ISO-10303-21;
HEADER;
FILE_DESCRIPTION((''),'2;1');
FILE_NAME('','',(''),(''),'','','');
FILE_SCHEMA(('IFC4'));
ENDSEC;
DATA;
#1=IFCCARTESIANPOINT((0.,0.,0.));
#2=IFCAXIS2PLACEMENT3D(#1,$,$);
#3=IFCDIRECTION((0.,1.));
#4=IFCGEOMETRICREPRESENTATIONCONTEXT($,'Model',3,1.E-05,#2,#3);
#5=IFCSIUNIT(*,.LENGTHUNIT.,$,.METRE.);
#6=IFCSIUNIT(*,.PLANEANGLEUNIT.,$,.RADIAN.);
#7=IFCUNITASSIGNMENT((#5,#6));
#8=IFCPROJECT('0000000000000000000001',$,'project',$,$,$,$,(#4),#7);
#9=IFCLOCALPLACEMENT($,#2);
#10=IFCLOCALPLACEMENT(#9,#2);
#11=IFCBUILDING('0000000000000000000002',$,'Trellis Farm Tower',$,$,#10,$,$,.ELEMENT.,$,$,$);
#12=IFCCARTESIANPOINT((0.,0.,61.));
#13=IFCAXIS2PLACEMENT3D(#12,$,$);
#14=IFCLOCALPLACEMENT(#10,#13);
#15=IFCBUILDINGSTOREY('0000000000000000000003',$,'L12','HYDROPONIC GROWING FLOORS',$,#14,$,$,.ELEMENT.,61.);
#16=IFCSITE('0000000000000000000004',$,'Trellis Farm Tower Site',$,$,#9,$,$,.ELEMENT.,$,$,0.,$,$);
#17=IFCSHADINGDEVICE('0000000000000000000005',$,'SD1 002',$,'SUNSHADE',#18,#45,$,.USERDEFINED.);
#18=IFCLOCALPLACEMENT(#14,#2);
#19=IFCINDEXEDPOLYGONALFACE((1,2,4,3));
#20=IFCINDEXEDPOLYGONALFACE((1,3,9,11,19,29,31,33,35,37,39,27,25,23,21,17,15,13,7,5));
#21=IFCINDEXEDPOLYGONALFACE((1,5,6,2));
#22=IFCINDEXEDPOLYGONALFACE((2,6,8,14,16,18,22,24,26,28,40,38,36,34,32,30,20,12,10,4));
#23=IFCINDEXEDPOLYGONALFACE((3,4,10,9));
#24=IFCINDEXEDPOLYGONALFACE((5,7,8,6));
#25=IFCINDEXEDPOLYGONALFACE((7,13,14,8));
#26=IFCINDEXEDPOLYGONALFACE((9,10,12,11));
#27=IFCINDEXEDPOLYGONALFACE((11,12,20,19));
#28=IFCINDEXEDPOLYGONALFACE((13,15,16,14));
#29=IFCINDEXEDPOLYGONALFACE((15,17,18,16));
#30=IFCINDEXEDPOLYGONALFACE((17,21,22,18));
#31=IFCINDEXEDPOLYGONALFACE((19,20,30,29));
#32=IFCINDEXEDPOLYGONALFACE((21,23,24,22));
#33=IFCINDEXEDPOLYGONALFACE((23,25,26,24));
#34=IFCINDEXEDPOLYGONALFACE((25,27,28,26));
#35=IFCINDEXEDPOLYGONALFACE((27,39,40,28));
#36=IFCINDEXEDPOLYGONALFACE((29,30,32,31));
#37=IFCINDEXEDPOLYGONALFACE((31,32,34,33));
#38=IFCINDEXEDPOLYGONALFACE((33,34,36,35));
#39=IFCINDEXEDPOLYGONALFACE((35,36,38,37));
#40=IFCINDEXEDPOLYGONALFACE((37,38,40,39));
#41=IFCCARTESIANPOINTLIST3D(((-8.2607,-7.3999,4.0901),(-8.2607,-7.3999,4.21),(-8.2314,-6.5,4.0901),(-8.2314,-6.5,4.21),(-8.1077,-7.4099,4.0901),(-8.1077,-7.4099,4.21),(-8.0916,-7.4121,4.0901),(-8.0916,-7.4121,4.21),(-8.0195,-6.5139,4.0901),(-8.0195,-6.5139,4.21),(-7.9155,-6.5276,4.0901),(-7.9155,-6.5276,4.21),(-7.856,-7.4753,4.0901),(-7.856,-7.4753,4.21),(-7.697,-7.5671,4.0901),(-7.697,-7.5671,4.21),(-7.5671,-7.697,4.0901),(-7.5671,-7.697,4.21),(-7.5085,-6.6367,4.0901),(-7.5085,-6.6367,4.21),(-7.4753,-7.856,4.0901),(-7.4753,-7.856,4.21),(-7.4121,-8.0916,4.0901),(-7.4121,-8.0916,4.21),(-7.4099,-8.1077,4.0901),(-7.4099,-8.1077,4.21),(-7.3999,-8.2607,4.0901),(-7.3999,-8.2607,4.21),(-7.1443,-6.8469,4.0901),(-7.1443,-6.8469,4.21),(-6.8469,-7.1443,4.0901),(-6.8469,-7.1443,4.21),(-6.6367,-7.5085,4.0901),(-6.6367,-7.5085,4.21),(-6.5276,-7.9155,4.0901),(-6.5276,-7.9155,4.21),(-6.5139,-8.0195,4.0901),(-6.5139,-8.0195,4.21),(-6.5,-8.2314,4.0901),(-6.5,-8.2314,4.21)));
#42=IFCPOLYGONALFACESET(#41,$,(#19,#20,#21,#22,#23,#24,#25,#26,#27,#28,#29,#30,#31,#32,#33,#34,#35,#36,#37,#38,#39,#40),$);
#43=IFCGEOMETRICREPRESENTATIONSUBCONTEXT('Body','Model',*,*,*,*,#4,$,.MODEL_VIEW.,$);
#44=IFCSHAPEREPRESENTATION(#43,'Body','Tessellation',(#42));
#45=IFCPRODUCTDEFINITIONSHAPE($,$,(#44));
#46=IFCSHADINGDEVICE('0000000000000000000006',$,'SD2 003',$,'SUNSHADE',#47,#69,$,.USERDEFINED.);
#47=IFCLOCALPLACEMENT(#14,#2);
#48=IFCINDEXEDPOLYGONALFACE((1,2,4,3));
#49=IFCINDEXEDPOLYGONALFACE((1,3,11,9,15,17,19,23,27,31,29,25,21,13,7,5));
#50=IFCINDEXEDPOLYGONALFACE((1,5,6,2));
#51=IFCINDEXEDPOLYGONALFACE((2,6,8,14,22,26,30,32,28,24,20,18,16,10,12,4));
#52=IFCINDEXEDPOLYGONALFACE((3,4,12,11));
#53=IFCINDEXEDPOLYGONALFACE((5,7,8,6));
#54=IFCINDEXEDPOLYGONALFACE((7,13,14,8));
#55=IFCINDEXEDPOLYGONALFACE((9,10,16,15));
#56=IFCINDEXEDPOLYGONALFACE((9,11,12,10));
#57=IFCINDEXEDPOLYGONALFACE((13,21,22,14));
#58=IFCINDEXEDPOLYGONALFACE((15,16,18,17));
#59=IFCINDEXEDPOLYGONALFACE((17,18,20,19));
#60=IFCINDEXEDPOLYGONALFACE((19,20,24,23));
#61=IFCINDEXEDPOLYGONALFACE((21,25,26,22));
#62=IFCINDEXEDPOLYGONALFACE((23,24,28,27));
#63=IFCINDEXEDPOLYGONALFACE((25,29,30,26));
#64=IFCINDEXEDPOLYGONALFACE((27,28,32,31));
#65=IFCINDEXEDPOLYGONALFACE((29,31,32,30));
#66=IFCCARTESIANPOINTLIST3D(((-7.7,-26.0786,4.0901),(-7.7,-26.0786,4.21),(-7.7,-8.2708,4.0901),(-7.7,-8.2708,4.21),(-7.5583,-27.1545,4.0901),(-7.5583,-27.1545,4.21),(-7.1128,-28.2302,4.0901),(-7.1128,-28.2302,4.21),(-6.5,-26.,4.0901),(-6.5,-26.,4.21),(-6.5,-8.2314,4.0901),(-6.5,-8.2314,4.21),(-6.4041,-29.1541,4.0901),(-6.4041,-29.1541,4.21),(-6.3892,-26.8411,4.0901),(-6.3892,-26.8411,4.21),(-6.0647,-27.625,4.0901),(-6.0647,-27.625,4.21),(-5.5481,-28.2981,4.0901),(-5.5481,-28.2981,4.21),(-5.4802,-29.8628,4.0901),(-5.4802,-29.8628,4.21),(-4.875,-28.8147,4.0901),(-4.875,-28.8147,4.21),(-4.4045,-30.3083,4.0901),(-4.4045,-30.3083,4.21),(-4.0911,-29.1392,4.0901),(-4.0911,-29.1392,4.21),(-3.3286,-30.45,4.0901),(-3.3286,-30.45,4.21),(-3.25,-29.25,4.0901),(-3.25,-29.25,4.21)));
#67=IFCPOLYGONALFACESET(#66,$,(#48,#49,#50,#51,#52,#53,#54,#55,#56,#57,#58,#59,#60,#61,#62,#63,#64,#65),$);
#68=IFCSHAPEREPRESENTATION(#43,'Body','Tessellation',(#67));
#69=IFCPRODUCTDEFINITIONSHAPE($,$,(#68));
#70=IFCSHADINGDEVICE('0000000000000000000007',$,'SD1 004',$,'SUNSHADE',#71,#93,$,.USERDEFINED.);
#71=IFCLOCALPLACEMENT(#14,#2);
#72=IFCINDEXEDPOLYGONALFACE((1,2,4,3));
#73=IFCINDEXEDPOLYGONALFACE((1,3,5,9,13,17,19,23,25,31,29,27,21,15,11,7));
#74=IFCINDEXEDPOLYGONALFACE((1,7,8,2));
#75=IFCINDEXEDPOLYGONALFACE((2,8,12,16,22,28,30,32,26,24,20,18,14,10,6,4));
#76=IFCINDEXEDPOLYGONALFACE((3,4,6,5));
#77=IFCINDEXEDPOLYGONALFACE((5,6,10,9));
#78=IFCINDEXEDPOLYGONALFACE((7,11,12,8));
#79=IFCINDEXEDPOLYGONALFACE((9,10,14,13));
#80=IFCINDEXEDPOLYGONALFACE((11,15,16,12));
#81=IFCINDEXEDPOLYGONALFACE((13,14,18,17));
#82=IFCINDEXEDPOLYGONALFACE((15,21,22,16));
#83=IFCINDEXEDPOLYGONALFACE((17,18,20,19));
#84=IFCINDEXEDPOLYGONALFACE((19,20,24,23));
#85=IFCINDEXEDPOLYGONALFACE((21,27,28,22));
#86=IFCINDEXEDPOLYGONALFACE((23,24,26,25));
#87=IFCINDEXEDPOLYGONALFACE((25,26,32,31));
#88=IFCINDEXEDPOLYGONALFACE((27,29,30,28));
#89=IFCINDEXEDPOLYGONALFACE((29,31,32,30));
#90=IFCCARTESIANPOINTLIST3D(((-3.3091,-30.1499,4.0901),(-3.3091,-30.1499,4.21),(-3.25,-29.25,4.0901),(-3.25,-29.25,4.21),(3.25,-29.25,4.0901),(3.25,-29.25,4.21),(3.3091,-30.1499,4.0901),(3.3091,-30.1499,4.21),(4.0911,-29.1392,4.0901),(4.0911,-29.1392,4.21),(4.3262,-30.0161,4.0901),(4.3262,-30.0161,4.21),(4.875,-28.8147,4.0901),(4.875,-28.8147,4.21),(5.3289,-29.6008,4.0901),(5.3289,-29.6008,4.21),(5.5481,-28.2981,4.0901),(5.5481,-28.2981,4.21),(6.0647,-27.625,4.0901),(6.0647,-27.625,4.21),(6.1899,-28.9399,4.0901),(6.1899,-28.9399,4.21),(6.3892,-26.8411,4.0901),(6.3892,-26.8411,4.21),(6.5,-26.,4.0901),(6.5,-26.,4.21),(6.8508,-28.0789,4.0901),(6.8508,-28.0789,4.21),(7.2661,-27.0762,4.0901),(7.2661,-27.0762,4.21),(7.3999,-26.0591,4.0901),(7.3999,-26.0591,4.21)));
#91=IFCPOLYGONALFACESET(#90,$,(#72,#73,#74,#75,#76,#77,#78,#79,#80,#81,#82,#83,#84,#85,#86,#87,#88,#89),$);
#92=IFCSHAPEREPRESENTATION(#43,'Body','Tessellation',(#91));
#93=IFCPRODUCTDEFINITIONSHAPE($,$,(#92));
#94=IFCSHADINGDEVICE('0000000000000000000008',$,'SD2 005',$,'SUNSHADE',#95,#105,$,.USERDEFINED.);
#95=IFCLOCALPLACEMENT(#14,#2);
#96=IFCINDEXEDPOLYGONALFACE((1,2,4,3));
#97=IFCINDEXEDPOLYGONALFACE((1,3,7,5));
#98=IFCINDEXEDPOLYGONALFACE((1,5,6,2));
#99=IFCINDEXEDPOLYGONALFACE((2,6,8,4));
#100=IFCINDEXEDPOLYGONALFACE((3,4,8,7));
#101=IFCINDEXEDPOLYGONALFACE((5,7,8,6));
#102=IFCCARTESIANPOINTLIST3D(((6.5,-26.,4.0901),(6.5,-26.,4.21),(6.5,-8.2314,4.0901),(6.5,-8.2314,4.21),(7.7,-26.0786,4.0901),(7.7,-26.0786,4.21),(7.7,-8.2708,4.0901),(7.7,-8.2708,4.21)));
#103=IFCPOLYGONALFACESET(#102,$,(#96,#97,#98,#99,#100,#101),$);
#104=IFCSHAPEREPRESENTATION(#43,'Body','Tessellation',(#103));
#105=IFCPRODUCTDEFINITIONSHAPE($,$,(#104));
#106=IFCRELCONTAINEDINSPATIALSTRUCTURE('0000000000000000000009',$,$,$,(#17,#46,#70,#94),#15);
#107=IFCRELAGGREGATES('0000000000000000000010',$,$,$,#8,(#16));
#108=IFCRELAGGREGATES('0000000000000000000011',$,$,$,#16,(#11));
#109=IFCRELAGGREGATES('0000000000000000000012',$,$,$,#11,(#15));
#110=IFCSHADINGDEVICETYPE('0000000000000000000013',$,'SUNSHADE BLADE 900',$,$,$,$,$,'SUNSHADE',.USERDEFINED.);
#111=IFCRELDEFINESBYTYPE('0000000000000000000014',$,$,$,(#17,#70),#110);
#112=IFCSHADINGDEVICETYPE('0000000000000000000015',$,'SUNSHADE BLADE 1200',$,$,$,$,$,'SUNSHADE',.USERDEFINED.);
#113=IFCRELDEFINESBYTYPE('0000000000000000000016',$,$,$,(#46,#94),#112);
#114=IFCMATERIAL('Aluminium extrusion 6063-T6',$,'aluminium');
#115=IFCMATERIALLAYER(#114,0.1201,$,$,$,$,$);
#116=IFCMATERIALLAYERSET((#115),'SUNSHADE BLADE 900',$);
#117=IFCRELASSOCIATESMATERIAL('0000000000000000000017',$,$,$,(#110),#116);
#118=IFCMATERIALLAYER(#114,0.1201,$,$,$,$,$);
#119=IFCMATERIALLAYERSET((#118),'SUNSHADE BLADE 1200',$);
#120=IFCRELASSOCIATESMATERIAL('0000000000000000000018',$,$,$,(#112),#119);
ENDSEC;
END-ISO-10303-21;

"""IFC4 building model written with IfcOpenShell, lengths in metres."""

from ifc_helpers import new_model, si_unit, direction, frame, origin, place, context, subcontext, project, spatial, polyline, outline, extrude, source, transform, mapped, material, layer, layer_set, type_object, element, save


model = new_model("IFC4")

# Units and contexts
model_context = context("Model", 3, precision=1e-05, world=origin(), true_north=direction((0.0, 1.0)))
body_context = subcontext(model_context, "Body", "Model", "MODEL_VIEW")
ifc_project = project(units=[si_unit("LENGTHUNIT", "METRE"), si_unit("PLANEANGLEUNIT", "RADIAN")], contexts=[model_context])

# Site, building, storey
site_placement = place(None, origin())
site = spatial("IfcSite", under=ifc_project, at=site_placement, Name="Trellis Farm Tower Site", CompositionType="ELEMENT", RefElevation=0.0)
building_placement = place(site_placement, origin())
building = spatial("IfcBuilding", under=site, at=building_placement, Name="Trellis Farm Tower", CompositionType="ELEMENT")
storey_placement = place(building_placement, frame((0.0, 0.0, 61.0)))
storey = spatial("IfcBuildingStorey", under=building, at=storey_placement, Name="L12", Description="HYDROPONIC GROWING FLOORS", CompositionType="ELEMENT", Elevation=61.0)

# Shared definitions
ifc_material_1 = material(Name="Aluminium extrusion 6063-T6", Category="aluminium")

# Shading devices
ifc_layer_1 = layer(ifc_material_1, 0.1201)
ifc_layer_set_1 = layer_set([ifc_layer_1], Name="SUNSHADE BLADE 900")
shading_device_type_1 = type_object("IfcShadingDeviceType", Name="SUNSHADE BLADE 900", ElementType="SUNSHADE", PredefinedType="USERDEFINED", material=ifc_layer_set_1)
placement_1 = place(storey_placement, frame((0.0, 0.0, 4.0901)))
shared_shape_1 = source(origin(), body_context, "Body", "SweptSolid", [
    extrude(outline(polyline([(-8.2607, -7.3999), (-8.1077, -7.4099), (-8.0916, -7.4121), (-7.856, -7.4753), (-7.697, -7.5671), (-7.5671, -7.697), (-7.4753, -7.856), (-7.4121, -8.0916), (-7.4099, -8.1077), (-7.3999, -8.2607), (-6.5, -8.2314), (-6.5139, -8.0195), (-6.5276, -7.9155), (-6.6367, -7.5085), (-6.8469, -7.1443), (-7.1443, -6.8469), (-7.5085, -6.6367), (-7.9155, -6.5276), (-8.0195, -6.5139), (-8.2314, -6.5), (-8.2607, -7.3999)])), origin(), (0.0, 0.0, 1.0), 0.1199),
])
element("IfcShadingDevice", 1, at=placement_1, inside=storey, type_object=shading_device_type_1, Name="SD1 002", ObjectType="SUNSHADE", PredefinedType="USERDEFINED", context=body_context, shape_type="MappedRepresentation", body=[
    mapped(shared_shape_1, transform((0.0, 0.0, 0.0))),
])
ifc_layer_2 = layer(ifc_material_1, 0.1201)
ifc_layer_set_2 = layer_set([ifc_layer_2], Name="SUNSHADE BLADE 1200")
shading_device_type_2 = type_object("IfcShadingDeviceType", Name="SUNSHADE BLADE 1200", ElementType="SUNSHADE", PredefinedType="USERDEFINED", material=ifc_layer_set_2)
shared_shape_2 = source(origin(), body_context, "Body", "SweptSolid", [
    extrude(outline(polyline([(-7.7, -8.2708), (-7.7, -26.0786), (-7.5583, -27.1545), (-7.1128, -28.2302), (-6.4041, -29.1541), (-5.4802, -29.8628), (-4.4045, -30.3083), (-3.3286, -30.45), (-3.25, -29.25), (-4.0911, -29.1392), (-4.875, -28.8147), (-5.5481, -28.2981), (-6.0647, -27.625), (-6.3892, -26.8411), (-6.5, -26.0), (-6.5, -8.2314), (-7.7, -8.2708)])), origin(), (0.0, 0.0, 1.0), 0.1199),
])
element("IfcShadingDevice", 2, at=placement_1, inside=storey, type_object=shading_device_type_2, Name="SD2 003", ObjectType="SUNSHADE", PredefinedType="USERDEFINED", context=body_context, shape_type="MappedRepresentation", body=[
    mapped(shared_shape_2, transform((0.0, 0.0, 0.0))),
])
shared_shape_3 = source(origin(), body_context, "Body", "SweptSolid", [
    extrude(outline(polyline([(-3.3091, -30.1499), (3.3091, -30.1499), (4.3262, -30.0161), (5.3289, -29.6008), (6.1899, -28.9399), (6.8508, -28.0789), (7.2661, -27.0762), (7.3999, -26.0591), (6.5, -26.0), (6.3892, -26.8411), (6.0647, -27.625), (5.5481, -28.2981), (4.875, -28.8147), (4.0911, -29.1392), (3.25, -29.25), (-3.25, -29.25), (-3.3091, -30.1499)])), origin(), (0.0, 0.0, 1.0), 0.1199),
])
element("IfcShadingDevice", 3, at=placement_1, inside=storey, type_object=shading_device_type_1, Name="SD1 004", ObjectType="SUNSHADE", PredefinedType="USERDEFINED", context=body_context, shape_type="MappedRepresentation", body=[
    mapped(shared_shape_3, transform((0.0, 0.0, 0.0))),
])
shared_shape_4 = source(origin(), body_context, "Body", "SweptSolid", [
    extrude(outline(polyline([(7.7, -26.0786), (7.7, -8.2708), (6.5, -8.2314), (6.5, -26.0), (7.7, -26.0786)])), origin(), (0.0, 0.0, 1.0), 0.1199),
])
element("IfcShadingDevice", 4, at=placement_1, inside=storey, type_object=shading_device_type_2, Name="SD2 005", ObjectType="SUNSHADE", PredefinedType="USERDEFINED", context=body_context, shape_type="MappedRepresentation", body=[
    mapped(shared_shape_4, transform((0.0, 0.0, 0.0))),
])

save(model, "model.ifc")
